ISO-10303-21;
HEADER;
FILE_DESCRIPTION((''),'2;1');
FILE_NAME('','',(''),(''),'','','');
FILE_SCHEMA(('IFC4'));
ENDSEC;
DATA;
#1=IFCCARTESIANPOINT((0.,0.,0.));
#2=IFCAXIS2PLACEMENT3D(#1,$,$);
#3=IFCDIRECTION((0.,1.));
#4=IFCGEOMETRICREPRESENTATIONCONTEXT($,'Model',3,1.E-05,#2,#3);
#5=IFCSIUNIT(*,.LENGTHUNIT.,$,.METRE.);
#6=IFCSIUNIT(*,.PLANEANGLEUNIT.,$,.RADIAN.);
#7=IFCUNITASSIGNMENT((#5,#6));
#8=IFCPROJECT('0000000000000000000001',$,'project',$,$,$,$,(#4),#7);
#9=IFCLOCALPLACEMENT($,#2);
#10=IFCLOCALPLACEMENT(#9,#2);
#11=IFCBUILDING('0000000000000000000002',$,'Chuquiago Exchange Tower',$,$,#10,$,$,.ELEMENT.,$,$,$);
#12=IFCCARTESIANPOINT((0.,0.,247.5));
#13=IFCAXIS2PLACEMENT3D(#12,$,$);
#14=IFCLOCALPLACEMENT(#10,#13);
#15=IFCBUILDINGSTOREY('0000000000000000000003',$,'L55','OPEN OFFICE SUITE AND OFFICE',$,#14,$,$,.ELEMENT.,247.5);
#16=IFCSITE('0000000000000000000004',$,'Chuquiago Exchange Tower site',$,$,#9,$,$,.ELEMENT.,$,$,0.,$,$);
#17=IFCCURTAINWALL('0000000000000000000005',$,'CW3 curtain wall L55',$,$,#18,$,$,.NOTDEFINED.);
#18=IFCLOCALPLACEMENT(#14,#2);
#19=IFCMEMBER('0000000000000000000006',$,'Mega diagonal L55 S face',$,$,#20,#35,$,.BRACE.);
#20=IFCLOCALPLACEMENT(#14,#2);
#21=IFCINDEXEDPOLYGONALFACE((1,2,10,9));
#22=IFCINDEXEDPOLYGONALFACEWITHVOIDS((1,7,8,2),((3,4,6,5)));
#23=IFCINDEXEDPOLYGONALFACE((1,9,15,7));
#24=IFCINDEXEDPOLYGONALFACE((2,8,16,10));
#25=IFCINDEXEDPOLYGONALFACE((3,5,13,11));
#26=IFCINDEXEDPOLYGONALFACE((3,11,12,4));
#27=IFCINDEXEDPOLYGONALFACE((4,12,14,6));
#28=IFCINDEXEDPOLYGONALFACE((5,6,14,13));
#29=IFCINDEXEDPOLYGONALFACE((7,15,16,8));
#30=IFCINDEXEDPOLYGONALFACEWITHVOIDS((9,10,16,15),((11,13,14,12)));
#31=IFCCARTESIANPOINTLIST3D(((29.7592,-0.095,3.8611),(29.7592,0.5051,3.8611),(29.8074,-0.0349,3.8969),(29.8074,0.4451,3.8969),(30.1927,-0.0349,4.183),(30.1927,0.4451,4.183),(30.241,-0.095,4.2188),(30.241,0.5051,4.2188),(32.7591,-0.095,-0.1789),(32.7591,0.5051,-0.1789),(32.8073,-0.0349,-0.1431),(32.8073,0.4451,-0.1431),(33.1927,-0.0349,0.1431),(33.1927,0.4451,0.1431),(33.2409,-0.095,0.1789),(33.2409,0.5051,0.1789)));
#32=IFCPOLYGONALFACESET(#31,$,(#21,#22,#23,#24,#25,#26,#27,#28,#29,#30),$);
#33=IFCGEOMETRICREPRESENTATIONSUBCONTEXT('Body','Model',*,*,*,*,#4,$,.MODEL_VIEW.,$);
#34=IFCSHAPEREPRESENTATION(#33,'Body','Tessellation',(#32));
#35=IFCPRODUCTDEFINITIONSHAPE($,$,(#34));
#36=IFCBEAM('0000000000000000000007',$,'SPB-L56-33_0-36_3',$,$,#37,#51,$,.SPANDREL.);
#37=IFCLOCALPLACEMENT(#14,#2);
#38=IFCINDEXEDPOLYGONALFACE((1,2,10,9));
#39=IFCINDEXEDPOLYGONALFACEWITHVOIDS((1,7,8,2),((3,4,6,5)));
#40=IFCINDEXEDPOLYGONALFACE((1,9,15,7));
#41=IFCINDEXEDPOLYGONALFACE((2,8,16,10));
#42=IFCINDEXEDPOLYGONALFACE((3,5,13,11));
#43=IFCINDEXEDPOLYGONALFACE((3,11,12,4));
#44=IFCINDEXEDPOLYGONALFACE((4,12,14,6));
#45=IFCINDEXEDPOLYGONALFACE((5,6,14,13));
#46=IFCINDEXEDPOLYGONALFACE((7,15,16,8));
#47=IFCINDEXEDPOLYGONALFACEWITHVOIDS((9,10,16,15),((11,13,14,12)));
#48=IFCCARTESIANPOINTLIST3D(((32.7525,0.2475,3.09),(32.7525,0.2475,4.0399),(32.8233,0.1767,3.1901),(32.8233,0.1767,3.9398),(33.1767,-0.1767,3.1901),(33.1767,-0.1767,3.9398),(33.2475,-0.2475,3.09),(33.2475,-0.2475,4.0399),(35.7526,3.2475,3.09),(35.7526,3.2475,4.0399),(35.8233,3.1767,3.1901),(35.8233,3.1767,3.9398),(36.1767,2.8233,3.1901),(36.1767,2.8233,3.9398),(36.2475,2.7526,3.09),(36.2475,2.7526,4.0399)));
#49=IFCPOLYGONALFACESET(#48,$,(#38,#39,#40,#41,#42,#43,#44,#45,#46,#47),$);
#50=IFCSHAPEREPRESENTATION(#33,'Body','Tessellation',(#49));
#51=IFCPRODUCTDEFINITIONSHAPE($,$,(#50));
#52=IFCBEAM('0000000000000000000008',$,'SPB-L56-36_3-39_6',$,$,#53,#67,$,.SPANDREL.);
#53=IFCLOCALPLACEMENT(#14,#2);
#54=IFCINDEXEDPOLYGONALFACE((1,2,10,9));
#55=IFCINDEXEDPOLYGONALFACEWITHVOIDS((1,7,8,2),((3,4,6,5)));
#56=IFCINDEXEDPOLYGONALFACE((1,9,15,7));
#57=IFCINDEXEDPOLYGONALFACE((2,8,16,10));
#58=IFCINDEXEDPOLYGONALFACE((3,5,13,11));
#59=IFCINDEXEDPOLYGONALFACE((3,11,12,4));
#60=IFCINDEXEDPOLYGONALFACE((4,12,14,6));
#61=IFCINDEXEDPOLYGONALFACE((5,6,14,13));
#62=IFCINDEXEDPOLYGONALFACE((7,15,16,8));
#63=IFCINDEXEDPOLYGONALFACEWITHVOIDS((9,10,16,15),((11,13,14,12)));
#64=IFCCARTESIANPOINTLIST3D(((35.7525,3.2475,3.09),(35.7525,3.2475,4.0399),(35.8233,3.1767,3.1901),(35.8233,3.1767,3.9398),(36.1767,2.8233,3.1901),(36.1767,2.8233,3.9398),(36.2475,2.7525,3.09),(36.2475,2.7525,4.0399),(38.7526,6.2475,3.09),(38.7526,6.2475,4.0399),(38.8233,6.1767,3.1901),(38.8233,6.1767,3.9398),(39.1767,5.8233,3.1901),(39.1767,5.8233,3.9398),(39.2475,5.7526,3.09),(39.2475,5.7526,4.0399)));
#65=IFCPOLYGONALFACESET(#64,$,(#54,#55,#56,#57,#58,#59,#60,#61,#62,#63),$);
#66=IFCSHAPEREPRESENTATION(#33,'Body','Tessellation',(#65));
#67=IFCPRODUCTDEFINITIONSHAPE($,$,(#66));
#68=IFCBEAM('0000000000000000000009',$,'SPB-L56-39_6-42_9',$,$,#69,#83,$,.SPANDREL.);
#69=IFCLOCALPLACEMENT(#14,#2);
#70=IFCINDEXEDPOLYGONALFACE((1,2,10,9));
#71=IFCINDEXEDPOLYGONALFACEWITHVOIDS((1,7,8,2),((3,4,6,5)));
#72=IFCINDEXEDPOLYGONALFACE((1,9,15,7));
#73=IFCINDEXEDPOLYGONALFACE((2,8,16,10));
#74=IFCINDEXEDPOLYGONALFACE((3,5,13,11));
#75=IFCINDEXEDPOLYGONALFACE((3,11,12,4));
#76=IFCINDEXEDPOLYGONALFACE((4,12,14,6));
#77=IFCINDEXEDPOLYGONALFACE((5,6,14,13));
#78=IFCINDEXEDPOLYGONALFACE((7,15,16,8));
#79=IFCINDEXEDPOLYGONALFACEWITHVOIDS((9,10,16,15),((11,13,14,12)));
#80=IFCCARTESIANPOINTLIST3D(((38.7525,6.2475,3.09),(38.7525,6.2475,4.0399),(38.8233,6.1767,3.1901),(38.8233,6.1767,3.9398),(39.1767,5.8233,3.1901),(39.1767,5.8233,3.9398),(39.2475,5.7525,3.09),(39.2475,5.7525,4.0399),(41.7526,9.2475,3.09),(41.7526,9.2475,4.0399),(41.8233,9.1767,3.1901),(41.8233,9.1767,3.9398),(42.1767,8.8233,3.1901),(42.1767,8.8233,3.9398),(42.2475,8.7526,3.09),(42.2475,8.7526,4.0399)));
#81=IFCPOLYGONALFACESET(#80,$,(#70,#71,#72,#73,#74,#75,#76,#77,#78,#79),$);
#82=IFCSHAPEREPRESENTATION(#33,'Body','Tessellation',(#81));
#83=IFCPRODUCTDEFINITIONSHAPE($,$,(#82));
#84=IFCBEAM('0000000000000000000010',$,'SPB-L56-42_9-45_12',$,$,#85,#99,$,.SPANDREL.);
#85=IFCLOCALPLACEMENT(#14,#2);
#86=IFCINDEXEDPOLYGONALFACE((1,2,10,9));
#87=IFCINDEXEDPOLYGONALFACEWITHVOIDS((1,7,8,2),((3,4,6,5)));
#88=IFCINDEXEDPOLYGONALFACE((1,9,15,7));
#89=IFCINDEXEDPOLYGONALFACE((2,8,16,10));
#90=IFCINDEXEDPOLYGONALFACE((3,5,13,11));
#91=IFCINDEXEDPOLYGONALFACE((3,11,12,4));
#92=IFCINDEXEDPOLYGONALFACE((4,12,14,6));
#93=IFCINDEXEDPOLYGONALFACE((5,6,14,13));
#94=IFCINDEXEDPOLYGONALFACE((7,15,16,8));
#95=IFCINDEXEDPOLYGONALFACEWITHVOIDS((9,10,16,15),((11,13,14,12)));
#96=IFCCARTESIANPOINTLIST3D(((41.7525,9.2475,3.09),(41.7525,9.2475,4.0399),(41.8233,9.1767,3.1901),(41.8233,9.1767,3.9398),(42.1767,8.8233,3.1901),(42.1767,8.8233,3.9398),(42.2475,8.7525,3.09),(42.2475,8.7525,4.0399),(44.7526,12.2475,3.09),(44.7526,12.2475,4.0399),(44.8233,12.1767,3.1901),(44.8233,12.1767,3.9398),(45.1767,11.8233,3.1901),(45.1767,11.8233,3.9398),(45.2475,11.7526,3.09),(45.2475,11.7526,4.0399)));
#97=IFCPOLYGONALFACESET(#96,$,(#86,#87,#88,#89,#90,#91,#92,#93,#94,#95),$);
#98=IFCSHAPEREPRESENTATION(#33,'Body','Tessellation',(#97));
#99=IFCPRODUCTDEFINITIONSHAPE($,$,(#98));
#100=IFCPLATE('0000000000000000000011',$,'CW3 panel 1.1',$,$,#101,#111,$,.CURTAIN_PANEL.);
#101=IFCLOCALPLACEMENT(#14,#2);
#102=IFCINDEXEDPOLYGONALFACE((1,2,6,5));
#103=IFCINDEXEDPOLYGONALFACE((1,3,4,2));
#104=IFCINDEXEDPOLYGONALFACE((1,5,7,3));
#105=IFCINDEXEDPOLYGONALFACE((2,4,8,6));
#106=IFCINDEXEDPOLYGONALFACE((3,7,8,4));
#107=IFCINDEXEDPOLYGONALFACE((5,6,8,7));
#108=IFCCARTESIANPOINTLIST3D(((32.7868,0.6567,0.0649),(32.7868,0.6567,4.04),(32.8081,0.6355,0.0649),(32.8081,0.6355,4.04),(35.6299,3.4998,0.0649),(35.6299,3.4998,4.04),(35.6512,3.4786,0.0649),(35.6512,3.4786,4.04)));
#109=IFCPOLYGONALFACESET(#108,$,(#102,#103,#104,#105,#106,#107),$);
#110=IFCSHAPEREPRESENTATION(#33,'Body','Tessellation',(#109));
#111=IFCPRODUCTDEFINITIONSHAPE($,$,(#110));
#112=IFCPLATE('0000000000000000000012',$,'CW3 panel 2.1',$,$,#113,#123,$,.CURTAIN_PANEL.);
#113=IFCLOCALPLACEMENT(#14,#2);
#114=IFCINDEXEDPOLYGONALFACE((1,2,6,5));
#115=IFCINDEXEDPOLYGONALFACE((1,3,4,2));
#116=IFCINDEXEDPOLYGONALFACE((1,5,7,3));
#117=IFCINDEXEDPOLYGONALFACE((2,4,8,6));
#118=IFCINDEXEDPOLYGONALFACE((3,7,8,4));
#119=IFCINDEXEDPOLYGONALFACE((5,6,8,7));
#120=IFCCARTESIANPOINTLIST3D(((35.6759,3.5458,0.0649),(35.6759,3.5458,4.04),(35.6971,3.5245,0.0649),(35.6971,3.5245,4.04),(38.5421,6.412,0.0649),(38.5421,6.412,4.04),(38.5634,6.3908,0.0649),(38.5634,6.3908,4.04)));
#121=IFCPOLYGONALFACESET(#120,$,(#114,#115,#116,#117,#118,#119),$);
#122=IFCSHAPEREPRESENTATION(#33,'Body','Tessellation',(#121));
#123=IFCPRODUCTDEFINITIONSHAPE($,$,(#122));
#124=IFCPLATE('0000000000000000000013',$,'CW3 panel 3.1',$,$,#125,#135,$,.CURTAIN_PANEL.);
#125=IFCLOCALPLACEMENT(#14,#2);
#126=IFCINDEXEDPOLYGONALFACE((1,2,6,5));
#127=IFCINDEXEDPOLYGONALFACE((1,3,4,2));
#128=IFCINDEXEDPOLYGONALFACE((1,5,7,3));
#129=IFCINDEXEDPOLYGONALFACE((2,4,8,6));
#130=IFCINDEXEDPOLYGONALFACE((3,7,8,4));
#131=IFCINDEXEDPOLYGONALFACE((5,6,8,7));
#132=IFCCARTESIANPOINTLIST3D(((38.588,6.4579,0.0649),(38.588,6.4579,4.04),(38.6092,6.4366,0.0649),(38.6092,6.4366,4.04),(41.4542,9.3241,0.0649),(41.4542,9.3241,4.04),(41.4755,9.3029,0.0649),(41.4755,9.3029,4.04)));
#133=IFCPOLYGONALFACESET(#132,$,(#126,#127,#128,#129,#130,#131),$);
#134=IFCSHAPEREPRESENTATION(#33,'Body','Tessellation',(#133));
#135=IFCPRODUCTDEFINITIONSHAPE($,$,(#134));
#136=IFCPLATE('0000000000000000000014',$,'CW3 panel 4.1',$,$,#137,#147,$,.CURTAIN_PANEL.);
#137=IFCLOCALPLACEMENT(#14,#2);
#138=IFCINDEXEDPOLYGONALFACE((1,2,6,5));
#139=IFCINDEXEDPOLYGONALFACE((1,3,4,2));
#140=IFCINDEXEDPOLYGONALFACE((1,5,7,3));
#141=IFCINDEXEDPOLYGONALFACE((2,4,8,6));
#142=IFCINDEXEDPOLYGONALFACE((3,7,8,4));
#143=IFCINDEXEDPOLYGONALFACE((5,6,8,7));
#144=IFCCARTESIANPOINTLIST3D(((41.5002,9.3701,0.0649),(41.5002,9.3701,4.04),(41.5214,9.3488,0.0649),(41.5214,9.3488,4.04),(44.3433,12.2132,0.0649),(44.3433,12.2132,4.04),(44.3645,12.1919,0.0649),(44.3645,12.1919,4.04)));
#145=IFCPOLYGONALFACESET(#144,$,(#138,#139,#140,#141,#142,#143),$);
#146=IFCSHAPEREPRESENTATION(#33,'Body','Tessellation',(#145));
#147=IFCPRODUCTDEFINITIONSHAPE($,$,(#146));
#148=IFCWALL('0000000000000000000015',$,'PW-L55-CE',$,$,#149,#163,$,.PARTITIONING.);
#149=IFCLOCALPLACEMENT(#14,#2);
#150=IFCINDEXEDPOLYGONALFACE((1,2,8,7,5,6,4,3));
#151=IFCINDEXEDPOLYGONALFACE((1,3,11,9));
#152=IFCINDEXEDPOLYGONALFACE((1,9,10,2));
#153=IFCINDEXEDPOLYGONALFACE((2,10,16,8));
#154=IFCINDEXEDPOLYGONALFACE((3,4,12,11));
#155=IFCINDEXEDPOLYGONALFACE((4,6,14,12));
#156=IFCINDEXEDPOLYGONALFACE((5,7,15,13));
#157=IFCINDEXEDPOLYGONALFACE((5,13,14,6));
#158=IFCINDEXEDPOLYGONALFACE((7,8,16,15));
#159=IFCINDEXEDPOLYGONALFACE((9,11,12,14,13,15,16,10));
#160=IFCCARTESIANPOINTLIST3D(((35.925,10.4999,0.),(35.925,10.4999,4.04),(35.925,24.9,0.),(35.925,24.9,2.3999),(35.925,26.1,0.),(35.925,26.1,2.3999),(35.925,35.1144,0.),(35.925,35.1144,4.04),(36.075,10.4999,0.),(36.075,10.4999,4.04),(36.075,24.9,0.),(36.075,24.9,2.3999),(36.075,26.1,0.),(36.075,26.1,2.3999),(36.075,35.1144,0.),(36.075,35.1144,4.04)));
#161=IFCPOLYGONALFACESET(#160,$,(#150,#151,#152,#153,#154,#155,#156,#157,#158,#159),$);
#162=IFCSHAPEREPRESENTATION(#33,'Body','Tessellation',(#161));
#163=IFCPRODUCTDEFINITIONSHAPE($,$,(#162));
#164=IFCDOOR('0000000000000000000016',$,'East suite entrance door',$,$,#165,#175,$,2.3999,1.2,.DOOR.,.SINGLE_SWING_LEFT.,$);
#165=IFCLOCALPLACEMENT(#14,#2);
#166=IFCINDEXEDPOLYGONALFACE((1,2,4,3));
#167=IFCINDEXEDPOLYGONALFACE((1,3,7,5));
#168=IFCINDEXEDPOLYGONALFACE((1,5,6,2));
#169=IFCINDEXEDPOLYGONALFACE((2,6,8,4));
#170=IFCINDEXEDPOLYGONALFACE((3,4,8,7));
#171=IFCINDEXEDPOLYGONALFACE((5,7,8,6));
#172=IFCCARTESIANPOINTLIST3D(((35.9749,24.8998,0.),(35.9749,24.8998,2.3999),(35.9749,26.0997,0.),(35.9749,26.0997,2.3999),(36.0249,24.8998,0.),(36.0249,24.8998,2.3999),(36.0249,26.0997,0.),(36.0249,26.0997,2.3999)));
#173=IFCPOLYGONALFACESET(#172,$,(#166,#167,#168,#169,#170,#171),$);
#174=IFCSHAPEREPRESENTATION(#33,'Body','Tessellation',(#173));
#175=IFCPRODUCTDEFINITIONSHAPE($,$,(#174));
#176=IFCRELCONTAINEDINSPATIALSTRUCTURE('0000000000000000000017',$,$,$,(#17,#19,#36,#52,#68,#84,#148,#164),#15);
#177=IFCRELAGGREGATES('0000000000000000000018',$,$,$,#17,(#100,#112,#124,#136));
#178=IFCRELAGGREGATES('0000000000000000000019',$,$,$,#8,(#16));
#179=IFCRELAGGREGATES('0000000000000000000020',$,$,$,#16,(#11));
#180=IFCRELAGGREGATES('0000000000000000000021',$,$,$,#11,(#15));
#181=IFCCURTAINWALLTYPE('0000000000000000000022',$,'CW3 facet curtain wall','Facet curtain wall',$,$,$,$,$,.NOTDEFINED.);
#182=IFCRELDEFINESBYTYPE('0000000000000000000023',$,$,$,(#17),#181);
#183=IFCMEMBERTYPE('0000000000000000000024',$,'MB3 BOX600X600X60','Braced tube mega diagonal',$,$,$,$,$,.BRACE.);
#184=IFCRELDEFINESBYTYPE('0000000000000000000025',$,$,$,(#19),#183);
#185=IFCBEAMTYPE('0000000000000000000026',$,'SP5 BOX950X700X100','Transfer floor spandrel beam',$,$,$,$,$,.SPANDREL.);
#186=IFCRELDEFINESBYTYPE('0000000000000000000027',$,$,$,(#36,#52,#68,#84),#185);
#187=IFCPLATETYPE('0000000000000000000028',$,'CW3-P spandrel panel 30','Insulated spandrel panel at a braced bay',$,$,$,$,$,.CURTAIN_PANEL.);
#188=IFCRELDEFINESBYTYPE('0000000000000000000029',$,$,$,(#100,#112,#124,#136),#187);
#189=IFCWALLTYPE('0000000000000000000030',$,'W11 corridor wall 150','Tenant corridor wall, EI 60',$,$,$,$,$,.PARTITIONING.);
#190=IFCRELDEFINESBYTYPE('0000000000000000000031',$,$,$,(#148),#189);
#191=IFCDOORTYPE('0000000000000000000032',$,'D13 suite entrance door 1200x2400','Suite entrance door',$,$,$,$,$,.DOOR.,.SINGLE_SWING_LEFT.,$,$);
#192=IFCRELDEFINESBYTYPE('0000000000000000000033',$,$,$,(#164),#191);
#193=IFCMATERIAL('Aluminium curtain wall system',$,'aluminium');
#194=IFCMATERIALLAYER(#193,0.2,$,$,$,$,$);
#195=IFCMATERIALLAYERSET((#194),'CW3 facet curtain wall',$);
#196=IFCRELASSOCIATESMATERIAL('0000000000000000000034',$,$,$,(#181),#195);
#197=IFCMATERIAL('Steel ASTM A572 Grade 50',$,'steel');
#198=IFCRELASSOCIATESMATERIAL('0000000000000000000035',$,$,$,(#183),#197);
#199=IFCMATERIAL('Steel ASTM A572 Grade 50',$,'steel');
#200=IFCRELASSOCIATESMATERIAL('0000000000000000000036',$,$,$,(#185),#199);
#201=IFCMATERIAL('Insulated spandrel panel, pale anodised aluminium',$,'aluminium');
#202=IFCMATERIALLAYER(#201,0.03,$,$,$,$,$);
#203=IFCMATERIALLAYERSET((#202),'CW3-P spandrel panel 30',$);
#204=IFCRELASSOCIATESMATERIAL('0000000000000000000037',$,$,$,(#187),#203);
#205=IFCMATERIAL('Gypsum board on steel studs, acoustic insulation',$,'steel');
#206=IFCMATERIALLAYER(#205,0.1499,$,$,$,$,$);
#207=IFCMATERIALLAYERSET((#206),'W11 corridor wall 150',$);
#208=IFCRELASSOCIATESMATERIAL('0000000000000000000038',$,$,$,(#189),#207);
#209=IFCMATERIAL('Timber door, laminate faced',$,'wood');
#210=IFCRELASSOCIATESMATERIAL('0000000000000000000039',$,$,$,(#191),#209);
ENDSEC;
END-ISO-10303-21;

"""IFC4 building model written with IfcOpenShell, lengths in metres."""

from ifc_helpers import new_model, si_unit, direction, frame, frame_2d, origin, origin_2d, place, context, subcontext, project, spatial, rectangle, hollow_rectangle, extrude, material, layer, layer_set, material_profile, profile_set, type_object, element, fill, aggregate, save


model = new_model("IFC4")

# Units and contexts
model_context = context("Model", 3, precision=1e-05, world=origin(), true_north=direction((0.0, 1.0)))
body_context = subcontext(model_context, "Body", "Model", "MODEL_VIEW")
ifc_project = project(units=[si_unit("LENGTHUNIT", "METRE"), si_unit("PLANEANGLEUNIT", "RADIAN")], contexts=[model_context])

# Site, building, storey
site_placement = place(None, origin())
site = spatial("IfcSite", under=ifc_project, at=site_placement, Name="Chuquiago Exchange Tower site", CompositionType="ELEMENT", RefElevation=0.0)
building_placement = place(site_placement, origin())
building = spatial("IfcBuilding", under=site, at=building_placement, Name="Chuquiago Exchange Tower", CompositionType="ELEMENT")
storey_placement = place(building_placement, frame((0.0, 0.0, 247.5)))
storey = spatial("IfcBuildingStorey", under=building, at=storey_placement, Name="L55", Description="OPEN OFFICE SUITE AND OFFICE", CompositionType="ELEMENT", Elevation=247.5)

# Curtain wall
ifc_material_1 = material(Name="Aluminium curtain wall system", Category="aluminium")
ifc_layer_1 = layer(ifc_material_1, 0.2)
ifc_layer_set_1 = layer_set([ifc_layer_1], Name="CW3 facet curtain wall")
curtain_wall_type = type_object("IfcCurtainWallType", Name="CW3 facet curtain wall", Description="Facet curtain wall", PredefinedType="NOTDEFINED", material=ifc_layer_set_1)
curtain_wall_placement = place(storey_placement, origin())
curtain_wall = element("IfcCurtainWall", 1, at=curtain_wall_placement, inside=storey, type_object=curtain_wall_type, Name="CW3 curtain wall L55", PredefinedType="NOTDEFINED")

# Member
ifc_material_2 = material(Name="Steel ASTM A572 Grade 50", Category="steel")
ifc_material_profile_1 = material_profile(ifc_material_2, hollow_rectangle(XDim=0.6001, YDim=0.6001, WallThickness=0.0601, at=origin_2d()), Name="BOX600X600X60")
ifc_profile_set_1 = profile_set([ifc_material_profile_1], Name="Steel ASTM A572 Grade 50")
member_type_1 = type_object("IfcMemberType", Name="MB3 BOX600X600X60", Description="Braced tube mega diagonal", PredefinedType="BRACE", material=ifc_profile_set_1)
member_1_placement = place(storey_placement, frame((33.0, 0.2051, 0.0), z_axis=(-0.596174, 0.0, 0.802855), x_axis=(0.0, -1.0, 0.0)))
element("IfcMember", 2, at=member_1_placement, inside=storey, type_object=member_type_1, Name="Mega diagonal L55 S face", PredefinedType="BRACE", context=body_context, shape_type="SweptSolid", body=[
    extrude(hollow_rectangle(XDim=0.6001, YDim=0.6001, WallThickness=0.0601, at=origin_2d()), origin(), (0.0, 0.0, 1.0), 5.032),
])

# Beams
ifc_material_3 = material(Name="Steel ASTM A572 Grade 50", Category="steel")
ifc_material_profile_2 = material_profile(ifc_material_3, hollow_rectangle(XDim=0.7, YDim=0.95, WallThickness=0.1001, at=origin_2d()), Name="BOX950X700X100")
ifc_profile_set_2 = profile_set([ifc_material_profile_2], Name="Steel ASTM A572 Grade 50")
beam_type_1 = type_object("IfcBeamType", Name="SP5 BOX950X700X100", Description="Transfer floor spandrel beam", PredefinedType="SPANDREL", material=ifc_profile_set_2)
for number, where, z_axis, x_axis, name in (
    (3, (33.0, 0.0, 3.5649), (0.707107, 0.707107, 0.0), (-0.707107, 0.707107, 0.0), "SPB-L56-33_0-36_3"),
    (4, (36.0, 3.0, 3.5649), (0.707107, 0.707107, 0.0), (-0.707107, 0.707107, 0.0), "SPB-L56-36_3-39_6"),
    (5, (39.0, 6.0, 3.5649), (0.707107, 0.707107, 0.0), (-0.707107, 0.707107, 0.0), "SPB-L56-39_6-42_9"),
    (6, (42.0, 9.0, 3.5649), (0.707107, 0.707107, 0.0), (-0.707107, 0.707107, 0.0), "SPB-L56-42_9-45_12"),
):
    element("IfcBeam", number, at=place(storey_placement, frame(where, z_axis=z_axis, x_axis=x_axis)), inside=storey, type_object=beam_type_1, Name=name, PredefinedType="SPANDREL", context=body_context, shape_type="SweptSolid", body=[
        extrude(hollow_rectangle(XDim=0.7, YDim=0.95, WallThickness=0.1001, at=origin_2d()), origin(), (0.0, 0.0, 1.0), 4.2427),
    ])

# Plates
ifc_material_4 = material(Name="Insulated spandrel panel, pale anodised aluminium", Category="aluminium")
ifc_layer_2 = layer(ifc_material_4, 0.03)
ifc_layer_set_2 = layer_set([ifc_layer_2], Name="CW3-P spandrel panel 30")
plate_type = type_object("IfcPlateType", Name="CW3-P spandrel panel 30", Description="Insulated spandrel panel at a braced bay", PredefinedType="CURTAIN_PANEL", material=ifc_layer_set_2)
plate_1_placement = place(storey_placement, frame((34.219, 2.0676, 0.0649), z_axis=(0.0, 0.0, 1.0), x_axis=(0.707107, 0.707107, 0.0)))
plate_1 = element("IfcPlate", 7, at=plate_1_placement, type_object=plate_type, Name="CW3 panel 1.1", PredefinedType="CURTAIN_PANEL", context=body_context, shape_type="SweptSolid", body=[
    extrude(rectangle(XDim=4.0208, YDim=0.03, at=origin_2d()), origin(), (0.0, 0.0, 1.0), 3.9751),
])
plate_2_placement = place(storey_placement, frame((37.1196, 4.9683, 0.0649), z_axis=(0.0, 0.0, 1.0), x_axis=(0.707107, 0.707107, 0.0)))
plate_2 = element("IfcPlate", 8, at=plate_2_placement, type_object=plate_type, Name="CW3 panel 2.1", PredefinedType="CURTAIN_PANEL", context=body_context, shape_type="SweptSolid", body=[
    extrude(rectangle(XDim=4.0535, YDim=0.03, at=origin_2d()), origin(), (0.0, 0.0, 1.0), 3.9751),
])
plate_3_placement = place(storey_placement, frame((40.0317, 7.8804, 0.0649), z_axis=(0.0, 0.0, 1.0), x_axis=(0.707107, 0.707107, 0.0)))
plate_3 = element("IfcPlate", 9, at=plate_3_placement, type_object=plate_type, Name="CW3 panel 3.1", PredefinedType="CURTAIN_PANEL", context=body_context, shape_type="SweptSolid", body=[
    extrude(rectangle(XDim=4.0535, YDim=0.03, at=origin_2d()), origin(), (0.0, 0.0, 1.0), 3.9751),
])
plate_4_placement = place(storey_placement, frame((42.9324, 10.781, 0.0649), z_axis=(0.0, 0.0, 1.0), x_axis=(0.707107, 0.707107, 0.0)))
plate_4 = element("IfcPlate", 10, at=plate_4_placement, type_object=plate_type, Name="CW3 panel 4.1", PredefinedType="CURTAIN_PANEL", context=body_context, shape_type="SweptSolid", body=[
    extrude(rectangle(XDim=4.0208, YDim=0.03, at=origin_2d()), origin(), (0.0, 0.0, 1.0), 3.9751),
])
aggregate(curtain_wall, [plate_1, plate_2, plate_3, plate_4])

# Wall, opening, door
ifc_material_5 = material(Name="Gypsum board on steel studs, acoustic insulation", Category="steel")
ifc_layer_3 = layer(ifc_material_5, 0.1499)
ifc_layer_set_3 = layer_set([ifc_layer_3], Name="W11 corridor wall 150")
wall_type = type_object("IfcWallType", Name="W11 corridor wall 150", Description="Tenant corridor wall, EI 60", PredefinedType="PARTITIONING", material=ifc_layer_set_3)
wall_placement = place(storey_placement, frame((36.0, 10.5, 0.0), z_axis=(0.0, 0.0, 1.0), x_axis=(0.0, 1.0, 0.0)))
wall = element("IfcWall", 11, at=wall_placement, inside=storey, type_object=wall_type, Name="PW-L55-CE", PredefinedType="PARTITIONING", context=body_context, shape_type="SweptSolid", body=[
    extrude(rectangle(XDim=24.6145, YDim=0.1499, at=frame_2d((12.3071, 0.0))), origin(), (0.0, 0.0, 1.0), 4.04),
])
opening_placement = place(wall_placement, frame((14.3999, 0.0, 0.0)))
opening = element("IfcOpeningElement", 12, at=opening_placement, cuts=wall, PredefinedType="OPENING", context=body_context, shape_type="SweptSolid", body=[
    extrude(rectangle(XDim=1.2, YDim=2.3999, at=frame_2d((0.6001, 1.2))), frame((0.0, 0.085, 0.0), z_axis=(0.0, -1.0, 0.0), x_axis=(1.0, 0.0, 0.0)), (0.0, 0.0, 1.0), 0.1699),
])
ifc_material_6 = material(Name="Timber door, laminate faced", Category="wood")
door_type = type_object("IfcDoorType", Name="D13 suite entrance door 1200x2400", Description="Suite entrance door", OperationType="SINGLE_SWING_LEFT", PredefinedType="DOOR", material=ifc_material_6)
door_placement = place(opening_placement, frame((1.2, 0.0, 0.0), z_axis=(0.0, 0.0, 1.0), x_axis=(-1.0, 0.0, 0.0)))
door = element("IfcDoor", 13, at=door_placement, inside=storey, type_object=door_type, Name="East suite entrance door", OperationType="SINGLE_SWING_LEFT", OverallHeight=2.3999, OverallWidth=1.2, PredefinedType="DOOR", context=body_context, shape_type="SweptSolid", body=[
    extrude(rectangle(XDim=1.2, YDim=2.3999, at=frame_2d((0.6001, 1.2))), frame((0.0, 0.0249, 0.0), z_axis=(0.0, -1.0, 0.0), x_axis=(1.0, 0.0, 0.0)), (0.0, 0.0, 1.0), 0.05),
])
fill(opening, door)

save(model, "model.ifc")
